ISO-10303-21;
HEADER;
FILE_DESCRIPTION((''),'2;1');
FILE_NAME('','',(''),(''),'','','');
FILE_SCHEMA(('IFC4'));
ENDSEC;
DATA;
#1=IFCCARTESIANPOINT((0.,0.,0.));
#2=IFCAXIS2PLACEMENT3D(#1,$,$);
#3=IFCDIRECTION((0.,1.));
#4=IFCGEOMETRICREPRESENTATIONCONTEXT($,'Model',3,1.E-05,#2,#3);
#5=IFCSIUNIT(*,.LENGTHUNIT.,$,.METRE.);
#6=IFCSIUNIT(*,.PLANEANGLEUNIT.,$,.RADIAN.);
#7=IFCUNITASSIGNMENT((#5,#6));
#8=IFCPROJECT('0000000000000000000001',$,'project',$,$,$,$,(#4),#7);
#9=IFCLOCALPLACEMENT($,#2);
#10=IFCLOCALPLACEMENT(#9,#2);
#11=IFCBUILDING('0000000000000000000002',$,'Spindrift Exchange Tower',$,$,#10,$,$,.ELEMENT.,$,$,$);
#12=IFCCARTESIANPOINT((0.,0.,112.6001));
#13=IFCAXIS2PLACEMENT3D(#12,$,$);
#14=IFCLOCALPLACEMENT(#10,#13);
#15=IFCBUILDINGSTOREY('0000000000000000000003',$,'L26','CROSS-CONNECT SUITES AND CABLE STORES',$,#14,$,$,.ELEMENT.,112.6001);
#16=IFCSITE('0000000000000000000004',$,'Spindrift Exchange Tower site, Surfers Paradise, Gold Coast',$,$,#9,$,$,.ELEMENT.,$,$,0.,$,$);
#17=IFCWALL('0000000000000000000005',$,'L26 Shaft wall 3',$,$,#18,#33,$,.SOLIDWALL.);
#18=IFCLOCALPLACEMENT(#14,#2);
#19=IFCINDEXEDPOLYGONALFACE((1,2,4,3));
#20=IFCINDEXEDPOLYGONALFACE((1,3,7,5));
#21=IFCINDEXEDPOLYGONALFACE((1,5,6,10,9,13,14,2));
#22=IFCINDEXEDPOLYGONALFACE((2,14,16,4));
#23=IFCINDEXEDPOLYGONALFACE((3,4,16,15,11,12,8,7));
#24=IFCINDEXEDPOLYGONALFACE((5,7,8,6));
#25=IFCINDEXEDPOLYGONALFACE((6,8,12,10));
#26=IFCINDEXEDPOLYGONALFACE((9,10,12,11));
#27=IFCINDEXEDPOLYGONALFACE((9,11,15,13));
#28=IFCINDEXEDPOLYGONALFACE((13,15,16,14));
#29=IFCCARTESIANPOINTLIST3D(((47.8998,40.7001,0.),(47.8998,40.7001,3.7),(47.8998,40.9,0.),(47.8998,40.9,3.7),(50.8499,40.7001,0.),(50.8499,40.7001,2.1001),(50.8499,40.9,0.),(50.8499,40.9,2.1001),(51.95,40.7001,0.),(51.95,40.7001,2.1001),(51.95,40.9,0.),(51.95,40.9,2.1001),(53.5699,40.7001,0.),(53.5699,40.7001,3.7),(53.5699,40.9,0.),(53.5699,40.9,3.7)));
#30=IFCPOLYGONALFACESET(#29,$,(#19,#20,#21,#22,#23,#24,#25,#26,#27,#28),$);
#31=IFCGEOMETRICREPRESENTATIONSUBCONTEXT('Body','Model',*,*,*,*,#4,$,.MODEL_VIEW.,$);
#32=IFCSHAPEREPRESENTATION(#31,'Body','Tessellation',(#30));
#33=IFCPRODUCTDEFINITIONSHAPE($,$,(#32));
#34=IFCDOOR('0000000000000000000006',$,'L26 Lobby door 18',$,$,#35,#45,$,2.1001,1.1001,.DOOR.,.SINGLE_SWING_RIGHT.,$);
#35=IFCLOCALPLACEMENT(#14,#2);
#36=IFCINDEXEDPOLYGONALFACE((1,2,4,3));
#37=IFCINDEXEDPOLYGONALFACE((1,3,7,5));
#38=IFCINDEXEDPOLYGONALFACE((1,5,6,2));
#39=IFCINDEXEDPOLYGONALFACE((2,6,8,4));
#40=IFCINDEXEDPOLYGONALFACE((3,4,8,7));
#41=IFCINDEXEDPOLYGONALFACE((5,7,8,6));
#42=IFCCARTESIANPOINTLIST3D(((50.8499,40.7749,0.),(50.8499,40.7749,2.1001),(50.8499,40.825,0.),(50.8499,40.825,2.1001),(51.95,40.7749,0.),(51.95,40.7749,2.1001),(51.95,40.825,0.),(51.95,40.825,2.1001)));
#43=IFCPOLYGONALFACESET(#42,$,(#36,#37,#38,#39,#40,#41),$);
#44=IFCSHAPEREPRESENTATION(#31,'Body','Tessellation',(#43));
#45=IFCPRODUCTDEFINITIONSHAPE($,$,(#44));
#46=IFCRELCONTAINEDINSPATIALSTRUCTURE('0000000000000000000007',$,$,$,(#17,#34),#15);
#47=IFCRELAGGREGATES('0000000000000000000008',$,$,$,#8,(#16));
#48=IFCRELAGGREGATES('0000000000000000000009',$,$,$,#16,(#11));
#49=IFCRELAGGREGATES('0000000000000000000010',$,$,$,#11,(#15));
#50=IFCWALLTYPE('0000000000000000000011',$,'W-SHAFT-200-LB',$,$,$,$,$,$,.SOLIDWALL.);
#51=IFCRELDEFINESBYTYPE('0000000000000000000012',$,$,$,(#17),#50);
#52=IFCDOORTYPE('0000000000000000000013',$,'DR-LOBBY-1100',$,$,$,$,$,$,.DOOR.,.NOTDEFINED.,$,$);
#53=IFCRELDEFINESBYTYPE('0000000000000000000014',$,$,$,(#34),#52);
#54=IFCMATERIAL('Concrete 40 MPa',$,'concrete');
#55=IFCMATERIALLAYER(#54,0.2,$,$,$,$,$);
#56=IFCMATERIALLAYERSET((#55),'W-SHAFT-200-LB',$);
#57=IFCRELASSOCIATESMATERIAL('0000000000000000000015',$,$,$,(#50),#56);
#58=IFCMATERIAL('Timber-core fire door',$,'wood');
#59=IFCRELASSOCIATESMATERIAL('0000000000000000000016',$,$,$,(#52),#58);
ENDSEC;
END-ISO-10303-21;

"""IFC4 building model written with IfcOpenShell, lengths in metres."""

from ifc_helpers import new_model, si_unit, direction, frame, frame_2d, origin, place, context, subcontext, project, spatial, rectangle, extrude, source, transform, mapped, material, layer, layer_set, type_object, element, fill, save


model = new_model("IFC4")

# Units and contexts
model_context = context("Model", 3, precision=1e-05, world=origin(), true_north=direction((0.0, 1.0)))
body_context = subcontext(model_context, "Body", "Model", "MODEL_VIEW")
ifc_project = project(units=[si_unit("LENGTHUNIT", "METRE"), si_unit("PLANEANGLEUNIT", "RADIAN")], contexts=[model_context])

# Site, building, storey
site_placement = place(None, origin())
site = spatial("IfcSite", under=ifc_project, at=site_placement, Name="Spindrift Exchange Tower site, Surfers Paradise, Gold Coast", CompositionType="ELEMENT", RefElevation=0.0)
building_placement = place(site_placement, origin())
building = spatial("IfcBuilding", under=site, at=building_placement, Name="Spindrift Exchange Tower", CompositionType="ELEMENT")
storey_placement = place(building_placement, frame((0.0, 0.0, 112.6001)))
storey = spatial("IfcBuildingStorey", under=building, at=storey_placement, Name="L26", Description="CROSS-CONNECT SUITES AND CABLE STORES", CompositionType="ELEMENT", Elevation=112.6001)

# Shared definitions
ifc_material_1 = material(Name="Concrete 40 MPa", Category="concrete")

# Wall, opening, door
ifc_layer_1 = layer(ifc_material_1, 0.2)
ifc_layer_set_1 = layer_set([ifc_layer_1], Name="W-SHAFT-200-LB")
wall_type_1 = type_object("IfcWallType", Name="W-SHAFT-200-LB", PredefinedType="SOLIDWALL", material=ifc_layer_set_1)
wall_1_placement = place(storey_placement, frame((47.8999, 40.8, 0.0), z_axis=(0.0, 0.0, 1.0), x_axis=(1.0, 0.0, 0.0)))
wall_1 = element("IfcWall", 1, at=wall_1_placement, inside=storey, type_object=wall_type_1, Name="L26 Shaft wall 3", PredefinedType="SOLIDWALL", context=body_context, shape_type="SweptSolid", body=[
    extrude(rectangle(XDim=5.6702, YDim=0.2, at=frame_2d((2.835, 0.0))), origin(), (0.0, 0.0, 1.0), 3.7),
])
opening_1_placement = place(wall_1_placement, frame((2.95, 0.0, 0.0)))
opening_1 = element("IfcOpeningElement", 2, at=opening_1_placement, cuts=wall_1, PredefinedType="OPENING", context=body_context, shape_type="SweptSolid", body=[
    extrude(rectangle(XDim=1.1001, YDim=2.1001, at=frame_2d((0.55, 1.05))), frame((0.0, 0.1099, 0.0), z_axis=(0.0, -1.0, 0.0), x_axis=(1.0, 0.0, 0.0)), (0.0, 0.0, 1.0), 0.22),
])
ifc_material_2 = material(Name="Timber-core fire door", Category="wood")
door_type_1 = type_object("IfcDoorType", Name="DR-LOBBY-1100", OperationType="NOTDEFINED", PredefinedType="DOOR", material=ifc_material_2)
shared_shape_1 = source(origin(), body_context, "Body", "SweptSolid", [
    extrude(rectangle(XDim=1.1001, YDim=2.1001, at=frame_2d((0.55, 1.05))), frame((0.0, 0.0249, 0.0), z_axis=(0.0, -1.0, 0.0), x_axis=(1.0, 0.0, 0.0)), (0.0, 0.0, 1.0), 0.05),
])
door_1_placement = place(opening_1_placement, origin())
door_1 = element("IfcDoor", 3, at=door_1_placement, inside=storey, type_object=door_type_1, Name="L26 Lobby door 18", OperationType="SINGLE_SWING_RIGHT", OverallHeight=2.1001, OverallWidth=1.1001, PredefinedType="DOOR", context=body_context, shape_type="MappedRepresentation", body=[
    mapped(shared_shape_1, transform((0.0, 0.0, 0.0), scale=1.0)),
])
fill(opening_1, door_1)

save(model, "model.ifc")
